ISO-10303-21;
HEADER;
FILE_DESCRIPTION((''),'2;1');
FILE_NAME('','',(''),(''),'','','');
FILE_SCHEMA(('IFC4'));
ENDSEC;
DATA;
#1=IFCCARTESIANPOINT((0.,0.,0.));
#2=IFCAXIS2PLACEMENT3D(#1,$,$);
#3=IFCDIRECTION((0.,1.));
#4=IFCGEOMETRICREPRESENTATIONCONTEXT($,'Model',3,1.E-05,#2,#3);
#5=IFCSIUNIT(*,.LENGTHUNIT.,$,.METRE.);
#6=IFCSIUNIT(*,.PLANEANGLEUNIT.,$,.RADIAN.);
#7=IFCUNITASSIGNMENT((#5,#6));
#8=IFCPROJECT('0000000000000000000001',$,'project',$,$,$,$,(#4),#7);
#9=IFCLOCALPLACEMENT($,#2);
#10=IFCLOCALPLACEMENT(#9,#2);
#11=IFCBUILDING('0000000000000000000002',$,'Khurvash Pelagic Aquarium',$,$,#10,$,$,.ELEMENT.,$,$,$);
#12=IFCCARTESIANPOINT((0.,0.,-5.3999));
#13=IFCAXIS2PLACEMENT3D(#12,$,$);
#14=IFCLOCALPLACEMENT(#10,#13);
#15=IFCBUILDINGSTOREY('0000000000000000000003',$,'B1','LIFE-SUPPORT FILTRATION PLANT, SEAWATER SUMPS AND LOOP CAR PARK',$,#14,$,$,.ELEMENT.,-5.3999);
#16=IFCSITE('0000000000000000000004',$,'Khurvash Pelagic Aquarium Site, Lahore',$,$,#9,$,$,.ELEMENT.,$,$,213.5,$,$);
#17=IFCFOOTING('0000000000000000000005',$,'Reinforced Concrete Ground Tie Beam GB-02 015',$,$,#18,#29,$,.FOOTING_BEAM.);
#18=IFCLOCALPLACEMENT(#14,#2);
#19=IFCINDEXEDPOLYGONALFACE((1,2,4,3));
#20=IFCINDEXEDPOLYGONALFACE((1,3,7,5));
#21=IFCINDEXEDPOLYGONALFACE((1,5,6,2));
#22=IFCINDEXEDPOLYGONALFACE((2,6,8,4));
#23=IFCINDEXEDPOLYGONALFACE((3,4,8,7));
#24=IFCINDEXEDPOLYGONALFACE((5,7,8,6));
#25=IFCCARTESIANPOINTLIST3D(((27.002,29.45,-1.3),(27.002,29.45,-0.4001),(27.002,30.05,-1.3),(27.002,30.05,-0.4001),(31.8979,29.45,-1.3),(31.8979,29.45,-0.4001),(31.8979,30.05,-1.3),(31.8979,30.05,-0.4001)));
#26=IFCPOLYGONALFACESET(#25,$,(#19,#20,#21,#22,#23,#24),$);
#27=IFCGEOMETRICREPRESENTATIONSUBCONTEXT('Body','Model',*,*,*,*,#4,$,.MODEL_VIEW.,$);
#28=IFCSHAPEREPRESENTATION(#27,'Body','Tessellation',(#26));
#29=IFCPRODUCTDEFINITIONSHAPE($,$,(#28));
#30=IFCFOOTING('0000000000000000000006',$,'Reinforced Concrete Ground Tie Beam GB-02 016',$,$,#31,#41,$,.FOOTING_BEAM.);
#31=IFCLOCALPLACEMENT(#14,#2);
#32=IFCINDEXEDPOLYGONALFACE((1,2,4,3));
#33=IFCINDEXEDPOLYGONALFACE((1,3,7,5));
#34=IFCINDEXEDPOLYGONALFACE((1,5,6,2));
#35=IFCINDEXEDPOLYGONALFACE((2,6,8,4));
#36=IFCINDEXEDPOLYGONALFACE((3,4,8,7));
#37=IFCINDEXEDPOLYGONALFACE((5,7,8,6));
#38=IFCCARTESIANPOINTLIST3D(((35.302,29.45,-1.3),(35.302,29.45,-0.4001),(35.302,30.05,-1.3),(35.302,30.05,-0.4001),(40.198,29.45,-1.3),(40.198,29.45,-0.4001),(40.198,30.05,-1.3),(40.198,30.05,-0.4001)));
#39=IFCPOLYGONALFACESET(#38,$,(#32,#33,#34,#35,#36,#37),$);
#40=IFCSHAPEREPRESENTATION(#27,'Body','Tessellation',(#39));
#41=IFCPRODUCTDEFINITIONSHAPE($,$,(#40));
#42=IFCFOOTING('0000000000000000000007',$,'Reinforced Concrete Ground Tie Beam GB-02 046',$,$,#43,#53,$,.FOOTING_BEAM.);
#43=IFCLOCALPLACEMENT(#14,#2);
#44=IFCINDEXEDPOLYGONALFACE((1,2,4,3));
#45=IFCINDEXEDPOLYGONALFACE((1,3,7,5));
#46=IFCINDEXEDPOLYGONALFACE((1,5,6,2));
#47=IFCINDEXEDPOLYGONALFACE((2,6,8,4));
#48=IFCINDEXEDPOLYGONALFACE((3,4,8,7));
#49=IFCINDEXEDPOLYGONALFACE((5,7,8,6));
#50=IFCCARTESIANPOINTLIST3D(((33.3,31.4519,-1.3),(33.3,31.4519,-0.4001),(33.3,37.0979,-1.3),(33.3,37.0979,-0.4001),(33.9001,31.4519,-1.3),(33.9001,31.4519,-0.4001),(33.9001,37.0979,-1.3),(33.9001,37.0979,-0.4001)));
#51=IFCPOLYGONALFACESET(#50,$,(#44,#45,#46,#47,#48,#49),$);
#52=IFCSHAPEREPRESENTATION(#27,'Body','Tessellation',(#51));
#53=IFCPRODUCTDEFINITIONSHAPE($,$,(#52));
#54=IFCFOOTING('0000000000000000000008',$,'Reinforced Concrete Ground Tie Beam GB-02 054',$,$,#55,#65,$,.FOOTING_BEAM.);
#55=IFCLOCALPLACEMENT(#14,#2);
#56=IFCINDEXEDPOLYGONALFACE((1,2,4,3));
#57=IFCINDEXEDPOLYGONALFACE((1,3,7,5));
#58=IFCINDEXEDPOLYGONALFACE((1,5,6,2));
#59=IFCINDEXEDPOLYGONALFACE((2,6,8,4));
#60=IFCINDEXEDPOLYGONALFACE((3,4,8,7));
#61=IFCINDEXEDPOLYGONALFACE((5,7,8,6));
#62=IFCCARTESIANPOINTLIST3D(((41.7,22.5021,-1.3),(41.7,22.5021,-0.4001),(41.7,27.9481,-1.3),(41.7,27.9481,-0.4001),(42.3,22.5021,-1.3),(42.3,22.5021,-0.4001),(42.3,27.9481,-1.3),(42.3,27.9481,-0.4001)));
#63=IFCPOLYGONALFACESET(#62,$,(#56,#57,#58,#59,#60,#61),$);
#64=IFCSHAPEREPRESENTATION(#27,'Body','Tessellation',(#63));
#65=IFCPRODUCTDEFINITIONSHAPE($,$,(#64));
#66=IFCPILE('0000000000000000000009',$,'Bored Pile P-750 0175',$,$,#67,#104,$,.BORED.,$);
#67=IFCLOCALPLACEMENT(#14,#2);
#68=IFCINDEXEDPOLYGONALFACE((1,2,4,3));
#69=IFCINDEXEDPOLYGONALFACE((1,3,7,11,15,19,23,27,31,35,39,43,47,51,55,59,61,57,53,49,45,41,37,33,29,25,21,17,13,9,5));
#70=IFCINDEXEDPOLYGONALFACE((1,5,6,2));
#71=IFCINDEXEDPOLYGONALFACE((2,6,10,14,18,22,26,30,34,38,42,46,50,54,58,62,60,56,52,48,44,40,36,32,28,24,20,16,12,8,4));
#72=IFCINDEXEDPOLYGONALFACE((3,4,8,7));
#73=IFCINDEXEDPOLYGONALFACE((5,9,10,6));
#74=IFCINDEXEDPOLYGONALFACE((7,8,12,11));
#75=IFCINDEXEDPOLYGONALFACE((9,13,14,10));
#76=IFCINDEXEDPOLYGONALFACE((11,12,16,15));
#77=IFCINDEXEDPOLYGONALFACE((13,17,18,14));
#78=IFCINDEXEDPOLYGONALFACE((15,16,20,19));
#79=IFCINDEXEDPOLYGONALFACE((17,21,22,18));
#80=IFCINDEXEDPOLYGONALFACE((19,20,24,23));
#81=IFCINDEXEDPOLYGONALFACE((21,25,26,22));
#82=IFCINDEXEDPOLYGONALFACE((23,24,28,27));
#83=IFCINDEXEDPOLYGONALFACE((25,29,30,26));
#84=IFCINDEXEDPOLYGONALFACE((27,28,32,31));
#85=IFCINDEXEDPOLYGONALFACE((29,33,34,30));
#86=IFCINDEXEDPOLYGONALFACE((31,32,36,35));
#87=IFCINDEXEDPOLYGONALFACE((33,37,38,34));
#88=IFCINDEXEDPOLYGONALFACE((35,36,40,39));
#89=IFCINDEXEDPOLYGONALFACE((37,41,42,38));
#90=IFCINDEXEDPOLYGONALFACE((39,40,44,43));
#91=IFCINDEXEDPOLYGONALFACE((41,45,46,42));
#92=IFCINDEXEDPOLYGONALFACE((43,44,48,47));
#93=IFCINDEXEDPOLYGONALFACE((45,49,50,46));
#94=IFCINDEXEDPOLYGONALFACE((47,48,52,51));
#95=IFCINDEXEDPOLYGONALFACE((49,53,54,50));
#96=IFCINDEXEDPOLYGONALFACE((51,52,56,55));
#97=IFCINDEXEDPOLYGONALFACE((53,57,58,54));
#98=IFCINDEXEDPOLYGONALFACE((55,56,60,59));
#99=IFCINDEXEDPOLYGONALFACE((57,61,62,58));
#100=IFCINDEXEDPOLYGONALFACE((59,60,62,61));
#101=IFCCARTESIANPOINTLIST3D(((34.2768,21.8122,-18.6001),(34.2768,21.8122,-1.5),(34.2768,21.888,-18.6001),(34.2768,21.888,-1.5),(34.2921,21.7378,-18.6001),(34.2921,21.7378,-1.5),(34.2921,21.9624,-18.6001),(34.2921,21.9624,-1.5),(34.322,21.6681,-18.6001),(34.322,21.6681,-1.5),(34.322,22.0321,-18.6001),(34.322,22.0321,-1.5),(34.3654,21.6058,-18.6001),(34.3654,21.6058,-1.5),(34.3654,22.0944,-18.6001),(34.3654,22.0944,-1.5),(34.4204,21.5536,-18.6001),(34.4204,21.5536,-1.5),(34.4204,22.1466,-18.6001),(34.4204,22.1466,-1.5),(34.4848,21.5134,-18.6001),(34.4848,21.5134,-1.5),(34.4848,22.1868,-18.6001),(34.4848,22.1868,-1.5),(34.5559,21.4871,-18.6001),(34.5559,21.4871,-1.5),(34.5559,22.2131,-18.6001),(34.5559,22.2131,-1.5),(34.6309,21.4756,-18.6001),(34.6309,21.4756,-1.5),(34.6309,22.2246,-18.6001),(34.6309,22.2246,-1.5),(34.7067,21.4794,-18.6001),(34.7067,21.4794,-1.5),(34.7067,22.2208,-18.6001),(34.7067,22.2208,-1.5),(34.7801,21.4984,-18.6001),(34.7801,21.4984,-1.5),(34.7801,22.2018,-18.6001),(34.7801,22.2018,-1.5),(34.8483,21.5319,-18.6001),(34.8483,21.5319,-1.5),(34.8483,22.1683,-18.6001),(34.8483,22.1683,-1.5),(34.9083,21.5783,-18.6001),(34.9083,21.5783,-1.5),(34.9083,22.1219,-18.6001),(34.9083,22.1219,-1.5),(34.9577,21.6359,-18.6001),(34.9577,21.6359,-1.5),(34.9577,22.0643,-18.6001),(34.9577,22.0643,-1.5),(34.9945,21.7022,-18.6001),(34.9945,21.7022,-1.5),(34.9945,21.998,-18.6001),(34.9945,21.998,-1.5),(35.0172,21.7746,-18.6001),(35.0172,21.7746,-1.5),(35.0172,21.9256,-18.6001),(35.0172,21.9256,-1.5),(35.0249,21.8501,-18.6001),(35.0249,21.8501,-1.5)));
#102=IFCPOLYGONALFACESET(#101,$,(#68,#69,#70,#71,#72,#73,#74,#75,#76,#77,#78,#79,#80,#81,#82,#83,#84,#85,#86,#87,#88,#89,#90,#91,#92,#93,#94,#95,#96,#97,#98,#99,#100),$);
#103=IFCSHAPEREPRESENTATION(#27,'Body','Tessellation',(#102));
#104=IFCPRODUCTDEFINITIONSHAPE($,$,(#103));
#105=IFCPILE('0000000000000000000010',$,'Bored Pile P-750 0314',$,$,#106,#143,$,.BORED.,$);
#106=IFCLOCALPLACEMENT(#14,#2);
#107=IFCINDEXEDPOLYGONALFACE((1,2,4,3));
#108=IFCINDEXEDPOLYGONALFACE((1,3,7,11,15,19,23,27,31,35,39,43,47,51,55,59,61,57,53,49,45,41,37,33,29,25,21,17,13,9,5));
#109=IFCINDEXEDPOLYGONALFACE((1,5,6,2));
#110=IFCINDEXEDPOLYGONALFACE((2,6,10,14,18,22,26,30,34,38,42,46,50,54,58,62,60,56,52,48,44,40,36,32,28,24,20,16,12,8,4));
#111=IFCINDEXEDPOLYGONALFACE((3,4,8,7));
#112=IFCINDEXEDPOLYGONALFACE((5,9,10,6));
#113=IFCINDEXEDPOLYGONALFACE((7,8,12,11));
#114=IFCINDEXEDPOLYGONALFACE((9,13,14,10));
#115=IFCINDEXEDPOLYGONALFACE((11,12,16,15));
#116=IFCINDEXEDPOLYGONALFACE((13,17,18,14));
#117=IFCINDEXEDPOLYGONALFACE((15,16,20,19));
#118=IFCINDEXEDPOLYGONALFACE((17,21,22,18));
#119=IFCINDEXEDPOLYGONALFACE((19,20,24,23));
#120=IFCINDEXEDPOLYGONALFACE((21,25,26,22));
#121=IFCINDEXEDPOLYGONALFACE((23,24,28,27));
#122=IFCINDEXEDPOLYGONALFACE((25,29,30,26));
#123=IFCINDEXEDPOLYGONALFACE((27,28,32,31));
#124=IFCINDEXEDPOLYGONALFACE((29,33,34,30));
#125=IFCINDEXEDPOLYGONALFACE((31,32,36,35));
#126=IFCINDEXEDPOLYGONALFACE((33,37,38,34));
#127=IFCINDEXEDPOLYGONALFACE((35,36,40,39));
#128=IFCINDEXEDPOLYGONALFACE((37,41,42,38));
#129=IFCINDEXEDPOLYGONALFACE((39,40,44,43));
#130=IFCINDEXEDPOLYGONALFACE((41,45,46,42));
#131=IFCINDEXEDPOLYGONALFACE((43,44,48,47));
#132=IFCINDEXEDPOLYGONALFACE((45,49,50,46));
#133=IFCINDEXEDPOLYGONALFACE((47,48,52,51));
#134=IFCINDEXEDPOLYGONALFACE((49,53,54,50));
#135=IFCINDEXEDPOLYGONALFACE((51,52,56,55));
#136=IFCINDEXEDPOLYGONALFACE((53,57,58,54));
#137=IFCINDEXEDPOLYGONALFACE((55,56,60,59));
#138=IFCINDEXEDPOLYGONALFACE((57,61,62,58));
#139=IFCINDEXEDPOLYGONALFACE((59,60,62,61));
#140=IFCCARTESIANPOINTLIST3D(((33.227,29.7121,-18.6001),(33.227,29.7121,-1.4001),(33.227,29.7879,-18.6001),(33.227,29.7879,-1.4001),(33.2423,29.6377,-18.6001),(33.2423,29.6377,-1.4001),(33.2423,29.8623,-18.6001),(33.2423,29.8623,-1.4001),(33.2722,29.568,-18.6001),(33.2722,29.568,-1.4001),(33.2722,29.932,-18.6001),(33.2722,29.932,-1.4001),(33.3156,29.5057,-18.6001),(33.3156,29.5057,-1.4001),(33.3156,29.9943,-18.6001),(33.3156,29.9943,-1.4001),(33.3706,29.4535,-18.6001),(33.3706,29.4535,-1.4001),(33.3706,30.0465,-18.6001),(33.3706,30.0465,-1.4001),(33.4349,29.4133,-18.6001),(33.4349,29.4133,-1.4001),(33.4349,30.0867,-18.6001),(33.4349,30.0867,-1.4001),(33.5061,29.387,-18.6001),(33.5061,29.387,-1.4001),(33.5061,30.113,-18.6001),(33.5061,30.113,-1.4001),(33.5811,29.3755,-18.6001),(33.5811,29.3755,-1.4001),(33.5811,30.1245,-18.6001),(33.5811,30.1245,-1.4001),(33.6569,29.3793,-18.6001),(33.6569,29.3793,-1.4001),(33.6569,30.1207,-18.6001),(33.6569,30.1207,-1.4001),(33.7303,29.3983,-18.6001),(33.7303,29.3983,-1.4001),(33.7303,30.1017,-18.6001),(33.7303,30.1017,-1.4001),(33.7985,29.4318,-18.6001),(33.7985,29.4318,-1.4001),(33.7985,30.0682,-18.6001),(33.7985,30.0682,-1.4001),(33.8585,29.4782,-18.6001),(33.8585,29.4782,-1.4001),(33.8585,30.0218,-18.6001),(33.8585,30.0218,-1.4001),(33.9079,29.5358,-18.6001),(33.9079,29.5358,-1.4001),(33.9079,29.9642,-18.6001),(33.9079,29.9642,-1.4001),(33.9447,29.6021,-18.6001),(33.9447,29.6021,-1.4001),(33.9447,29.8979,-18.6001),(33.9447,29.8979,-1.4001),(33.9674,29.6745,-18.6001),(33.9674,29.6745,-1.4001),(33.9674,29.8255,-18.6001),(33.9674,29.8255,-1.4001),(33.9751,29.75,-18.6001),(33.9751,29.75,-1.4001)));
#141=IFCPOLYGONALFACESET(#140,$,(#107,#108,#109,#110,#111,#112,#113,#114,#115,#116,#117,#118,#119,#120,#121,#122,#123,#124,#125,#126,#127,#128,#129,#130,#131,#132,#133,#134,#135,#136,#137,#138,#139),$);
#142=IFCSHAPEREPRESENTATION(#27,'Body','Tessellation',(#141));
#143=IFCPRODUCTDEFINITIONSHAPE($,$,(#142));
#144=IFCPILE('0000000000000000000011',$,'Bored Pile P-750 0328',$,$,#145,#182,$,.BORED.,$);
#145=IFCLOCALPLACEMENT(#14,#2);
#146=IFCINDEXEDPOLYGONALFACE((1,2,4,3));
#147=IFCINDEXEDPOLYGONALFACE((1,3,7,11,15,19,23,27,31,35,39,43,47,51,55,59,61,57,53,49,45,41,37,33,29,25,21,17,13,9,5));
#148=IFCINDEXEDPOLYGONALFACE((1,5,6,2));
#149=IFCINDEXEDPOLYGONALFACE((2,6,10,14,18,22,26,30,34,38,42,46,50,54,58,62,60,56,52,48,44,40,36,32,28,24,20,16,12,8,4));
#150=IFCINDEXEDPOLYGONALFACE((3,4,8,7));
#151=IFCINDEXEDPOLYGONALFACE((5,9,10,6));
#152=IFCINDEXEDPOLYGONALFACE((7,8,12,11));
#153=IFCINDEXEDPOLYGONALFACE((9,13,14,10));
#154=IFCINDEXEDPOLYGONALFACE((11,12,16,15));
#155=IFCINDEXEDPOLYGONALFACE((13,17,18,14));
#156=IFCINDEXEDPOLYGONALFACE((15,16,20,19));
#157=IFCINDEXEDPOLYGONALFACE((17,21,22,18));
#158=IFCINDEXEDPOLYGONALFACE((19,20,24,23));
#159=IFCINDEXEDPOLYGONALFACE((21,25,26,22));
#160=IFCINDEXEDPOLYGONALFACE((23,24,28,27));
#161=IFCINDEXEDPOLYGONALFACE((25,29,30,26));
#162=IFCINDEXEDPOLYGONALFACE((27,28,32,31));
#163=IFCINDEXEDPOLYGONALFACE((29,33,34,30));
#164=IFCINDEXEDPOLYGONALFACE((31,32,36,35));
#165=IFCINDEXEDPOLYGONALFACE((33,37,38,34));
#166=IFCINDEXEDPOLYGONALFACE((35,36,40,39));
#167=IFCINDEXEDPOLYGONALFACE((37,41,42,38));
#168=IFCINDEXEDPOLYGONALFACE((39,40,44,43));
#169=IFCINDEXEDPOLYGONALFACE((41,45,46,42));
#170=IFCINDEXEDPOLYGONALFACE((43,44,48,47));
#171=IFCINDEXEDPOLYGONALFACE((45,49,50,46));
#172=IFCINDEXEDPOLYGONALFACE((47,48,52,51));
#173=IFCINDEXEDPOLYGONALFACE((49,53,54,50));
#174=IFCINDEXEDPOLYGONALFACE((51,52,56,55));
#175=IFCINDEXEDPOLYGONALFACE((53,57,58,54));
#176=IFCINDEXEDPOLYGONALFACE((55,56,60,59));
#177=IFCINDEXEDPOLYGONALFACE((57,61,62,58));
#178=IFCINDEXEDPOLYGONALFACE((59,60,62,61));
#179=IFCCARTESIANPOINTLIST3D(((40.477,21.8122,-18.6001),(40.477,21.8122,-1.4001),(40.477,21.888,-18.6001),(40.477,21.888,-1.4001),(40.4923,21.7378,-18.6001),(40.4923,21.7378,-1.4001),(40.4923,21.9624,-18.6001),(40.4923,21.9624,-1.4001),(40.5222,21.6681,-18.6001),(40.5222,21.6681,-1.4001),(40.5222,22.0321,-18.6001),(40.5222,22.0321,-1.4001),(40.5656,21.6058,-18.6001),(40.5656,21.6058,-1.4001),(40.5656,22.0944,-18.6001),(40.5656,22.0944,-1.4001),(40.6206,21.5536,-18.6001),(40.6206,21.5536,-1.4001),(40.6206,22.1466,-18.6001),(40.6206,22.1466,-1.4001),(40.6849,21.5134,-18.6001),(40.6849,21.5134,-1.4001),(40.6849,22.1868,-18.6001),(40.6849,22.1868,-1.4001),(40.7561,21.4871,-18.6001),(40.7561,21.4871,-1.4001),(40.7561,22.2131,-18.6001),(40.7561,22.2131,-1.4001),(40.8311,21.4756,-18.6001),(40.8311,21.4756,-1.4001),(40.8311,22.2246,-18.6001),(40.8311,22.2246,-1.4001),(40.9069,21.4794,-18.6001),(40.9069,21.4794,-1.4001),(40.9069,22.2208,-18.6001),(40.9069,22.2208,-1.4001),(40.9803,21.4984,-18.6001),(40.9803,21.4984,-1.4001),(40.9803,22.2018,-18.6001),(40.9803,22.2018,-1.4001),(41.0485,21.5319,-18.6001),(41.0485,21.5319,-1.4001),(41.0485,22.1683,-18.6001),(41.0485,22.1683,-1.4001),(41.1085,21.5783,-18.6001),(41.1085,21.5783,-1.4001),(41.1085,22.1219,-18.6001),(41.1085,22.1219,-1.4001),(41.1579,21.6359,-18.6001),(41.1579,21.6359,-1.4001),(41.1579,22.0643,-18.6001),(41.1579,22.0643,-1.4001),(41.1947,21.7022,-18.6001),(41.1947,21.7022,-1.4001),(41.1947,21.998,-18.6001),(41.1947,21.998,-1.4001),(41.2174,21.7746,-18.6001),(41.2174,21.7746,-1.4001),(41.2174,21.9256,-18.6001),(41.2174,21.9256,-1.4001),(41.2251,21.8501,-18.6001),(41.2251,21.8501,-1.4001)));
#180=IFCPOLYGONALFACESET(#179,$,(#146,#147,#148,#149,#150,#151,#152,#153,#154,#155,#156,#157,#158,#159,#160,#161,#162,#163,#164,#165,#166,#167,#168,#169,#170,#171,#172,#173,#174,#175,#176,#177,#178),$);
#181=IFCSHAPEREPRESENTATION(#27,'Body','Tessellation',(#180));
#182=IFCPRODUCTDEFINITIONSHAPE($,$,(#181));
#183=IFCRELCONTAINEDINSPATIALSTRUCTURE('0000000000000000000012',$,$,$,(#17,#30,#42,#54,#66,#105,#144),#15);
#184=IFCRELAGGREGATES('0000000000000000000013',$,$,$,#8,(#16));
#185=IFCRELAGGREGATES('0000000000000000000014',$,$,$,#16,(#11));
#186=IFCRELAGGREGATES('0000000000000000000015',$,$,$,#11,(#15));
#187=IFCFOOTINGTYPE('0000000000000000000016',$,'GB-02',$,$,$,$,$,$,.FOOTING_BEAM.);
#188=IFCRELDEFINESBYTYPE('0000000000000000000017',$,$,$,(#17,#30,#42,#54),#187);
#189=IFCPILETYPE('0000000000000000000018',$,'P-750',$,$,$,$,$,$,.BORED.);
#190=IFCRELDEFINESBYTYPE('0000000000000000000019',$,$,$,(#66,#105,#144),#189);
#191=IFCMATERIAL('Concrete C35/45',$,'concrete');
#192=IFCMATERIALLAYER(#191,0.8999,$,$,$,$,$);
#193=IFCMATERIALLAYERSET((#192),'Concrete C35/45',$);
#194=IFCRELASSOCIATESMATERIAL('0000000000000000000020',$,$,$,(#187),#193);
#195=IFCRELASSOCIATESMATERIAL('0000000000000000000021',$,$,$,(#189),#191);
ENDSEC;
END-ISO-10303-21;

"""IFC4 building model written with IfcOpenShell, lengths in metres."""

from ifc_helpers import new_model, si_unit, direction, frame, origin, origin_2d, place, context, subcontext, project, spatial, rectangle, circle, extrude, material, layer, layer_set, material_profile, profile_set, type_object, element, save


model = new_model("IFC4")

# Units and contexts
model_context = context("Model", 3, precision=1e-05, world=origin(), true_north=direction((0.0, 1.0)))
body_context = subcontext(model_context, "Body", "Model", "MODEL_VIEW")
ifc_project = project(units=[si_unit("LENGTHUNIT", "METRE"), si_unit("PLANEANGLEUNIT", "RADIAN")], contexts=[model_context])

# Site, building, storey
site_placement = place(None, origin())
site = spatial("IfcSite", under=ifc_project, at=site_placement, Name="Khurvash Pelagic Aquarium Site, Lahore", CompositionType="ELEMENT", RefElevation=213.5)
building_placement = place(site_placement, origin())
building = spatial("IfcBuilding", under=site, at=building_placement, Name="Khurvash Pelagic Aquarium", CompositionType="ELEMENT")
storey_placement = place(building_placement, frame((0.0, 0.0, -5.3999)))
storey = spatial("IfcBuildingStorey", under=building, at=storey_placement, Name="B1", Description="LIFE-SUPPORT FILTRATION PLANT, SEAWATER SUMPS AND LOOP CAR PARK", CompositionType="ELEMENT", Elevation=-5.3999)

# Footings
ifc_material_1 = material(Name="Concrete C35/45", Category="concrete")
ifc_layer_1 = layer(ifc_material_1, 0.8999)
ifc_layer_set_1 = layer_set([ifc_layer_1], Name="Concrete C35/45")
footing_type_1 = type_object("IfcFootingType", Name="GB-02", PredefinedType="FOOTING_BEAM", material=ifc_layer_set_1)
for number, where, z_axis, x_axis, name in (
    (1, (29.45, 29.75, -1.3), (0.0, 0.0, 1.0), (1.0, 0.0, 0.0), "Reinforced Concrete Ground Tie Beam GB-02 015"),
    (2, (37.75, 29.75, -1.3), (0.0, 0.0, 1.0), (1.0, 0.0, 0.0), "Reinforced Concrete Ground Tie Beam GB-02 016"),
):
    element("IfcFooting", number, at=place(storey_placement, frame(where, z_axis=z_axis, x_axis=x_axis)), inside=storey, type_object=footing_type_1, Name=name, PredefinedType="FOOTING_BEAM", context=body_context, shape_type="SweptSolid", body=[
        extrude(rectangle(XDim=4.896, YDim=0.6001, at=origin_2d()), origin(), (0.0, 0.0, 1.0), 0.8999),
    ])
footing_1_placement = place(storey_placement, frame((33.6001, 34.2749, -1.3), z_axis=(0.0, 0.0, 1.0), x_axis=(0.0, 1.0, 0.0)))
element("IfcFooting", 3, at=footing_1_placement, inside=storey, type_object=footing_type_1, Name="Reinforced Concrete Ground Tie Beam GB-02 046", PredefinedType="FOOTING_BEAM", context=body_context, shape_type="SweptSolid", body=[
    extrude(rectangle(XDim=5.646, YDim=0.6001, at=origin_2d()), origin(), (0.0, 0.0, 1.0), 0.8999),
])
footing_2_placement = place(storey_placement, frame((42.0, 25.2251, -1.3), z_axis=(0.0, 0.0, 1.0), x_axis=(0.0, 1.0, 0.0)))
element("IfcFooting", 4, at=footing_2_placement, inside=storey, type_object=footing_type_1, Name="Reinforced Concrete Ground Tie Beam GB-02 054", PredefinedType="FOOTING_BEAM", context=body_context, shape_type="SweptSolid", body=[
    extrude(rectangle(XDim=5.446, YDim=0.6001, at=origin_2d()), origin(), (0.0, 0.0, 1.0), 0.8999),
])

# Piles
ifc_material_profile_1 = material_profile(ifc_material_1, circle(Radius=0.375, at=origin_2d()), Name="PILE750")
ifc_profile_set_1 = profile_set([ifc_material_profile_1], Name="Concrete C35/45")
pile_type = type_object("IfcPileType", Name="P-750", PredefinedType="BORED", material=ifc_profile_set_1)
pile_placement = place(storey_placement, frame((34.6499, 21.8501, -1.5), z_axis=(0.0, 0.0, -1.0), x_axis=(1.0, 0.0, 0.0)))
element("IfcPile", 5, at=pile_placement, inside=storey, type_object=pile_type, Name="Bored Pile P-750 0175", PredefinedType="BORED", context=body_context, shape_type="SweptSolid", body=[
    extrude(circle(Radius=0.375, at=origin_2d()), origin(), (0.0, 0.0, 1.0), 17.1001),
])
for number, where, z_axis, x_axis, name in (
    (6, (33.6001, 29.75, -1.4001), (0.0, 0.0, -1.0), (1.0, 0.0, 0.0), "Bored Pile P-750 0314"),
    (7, (40.8501, 21.8501, -1.4001), (0.0, 0.0, -1.0), (1.0, 0.0, 0.0), "Bored Pile P-750 0328"),
):
    element("IfcPile", number, at=place(storey_placement, frame(where, z_axis=z_axis, x_axis=x_axis)), inside=storey, type_object=pile_type, Name=name, PredefinedType="BORED", context=body_context, shape_type="SweptSolid", body=[
        extrude(circle(Radius=0.375, at=origin_2d()), origin(), (0.0, 0.0, 1.0), 17.2),
    ])

save(model, "model.ifc")
